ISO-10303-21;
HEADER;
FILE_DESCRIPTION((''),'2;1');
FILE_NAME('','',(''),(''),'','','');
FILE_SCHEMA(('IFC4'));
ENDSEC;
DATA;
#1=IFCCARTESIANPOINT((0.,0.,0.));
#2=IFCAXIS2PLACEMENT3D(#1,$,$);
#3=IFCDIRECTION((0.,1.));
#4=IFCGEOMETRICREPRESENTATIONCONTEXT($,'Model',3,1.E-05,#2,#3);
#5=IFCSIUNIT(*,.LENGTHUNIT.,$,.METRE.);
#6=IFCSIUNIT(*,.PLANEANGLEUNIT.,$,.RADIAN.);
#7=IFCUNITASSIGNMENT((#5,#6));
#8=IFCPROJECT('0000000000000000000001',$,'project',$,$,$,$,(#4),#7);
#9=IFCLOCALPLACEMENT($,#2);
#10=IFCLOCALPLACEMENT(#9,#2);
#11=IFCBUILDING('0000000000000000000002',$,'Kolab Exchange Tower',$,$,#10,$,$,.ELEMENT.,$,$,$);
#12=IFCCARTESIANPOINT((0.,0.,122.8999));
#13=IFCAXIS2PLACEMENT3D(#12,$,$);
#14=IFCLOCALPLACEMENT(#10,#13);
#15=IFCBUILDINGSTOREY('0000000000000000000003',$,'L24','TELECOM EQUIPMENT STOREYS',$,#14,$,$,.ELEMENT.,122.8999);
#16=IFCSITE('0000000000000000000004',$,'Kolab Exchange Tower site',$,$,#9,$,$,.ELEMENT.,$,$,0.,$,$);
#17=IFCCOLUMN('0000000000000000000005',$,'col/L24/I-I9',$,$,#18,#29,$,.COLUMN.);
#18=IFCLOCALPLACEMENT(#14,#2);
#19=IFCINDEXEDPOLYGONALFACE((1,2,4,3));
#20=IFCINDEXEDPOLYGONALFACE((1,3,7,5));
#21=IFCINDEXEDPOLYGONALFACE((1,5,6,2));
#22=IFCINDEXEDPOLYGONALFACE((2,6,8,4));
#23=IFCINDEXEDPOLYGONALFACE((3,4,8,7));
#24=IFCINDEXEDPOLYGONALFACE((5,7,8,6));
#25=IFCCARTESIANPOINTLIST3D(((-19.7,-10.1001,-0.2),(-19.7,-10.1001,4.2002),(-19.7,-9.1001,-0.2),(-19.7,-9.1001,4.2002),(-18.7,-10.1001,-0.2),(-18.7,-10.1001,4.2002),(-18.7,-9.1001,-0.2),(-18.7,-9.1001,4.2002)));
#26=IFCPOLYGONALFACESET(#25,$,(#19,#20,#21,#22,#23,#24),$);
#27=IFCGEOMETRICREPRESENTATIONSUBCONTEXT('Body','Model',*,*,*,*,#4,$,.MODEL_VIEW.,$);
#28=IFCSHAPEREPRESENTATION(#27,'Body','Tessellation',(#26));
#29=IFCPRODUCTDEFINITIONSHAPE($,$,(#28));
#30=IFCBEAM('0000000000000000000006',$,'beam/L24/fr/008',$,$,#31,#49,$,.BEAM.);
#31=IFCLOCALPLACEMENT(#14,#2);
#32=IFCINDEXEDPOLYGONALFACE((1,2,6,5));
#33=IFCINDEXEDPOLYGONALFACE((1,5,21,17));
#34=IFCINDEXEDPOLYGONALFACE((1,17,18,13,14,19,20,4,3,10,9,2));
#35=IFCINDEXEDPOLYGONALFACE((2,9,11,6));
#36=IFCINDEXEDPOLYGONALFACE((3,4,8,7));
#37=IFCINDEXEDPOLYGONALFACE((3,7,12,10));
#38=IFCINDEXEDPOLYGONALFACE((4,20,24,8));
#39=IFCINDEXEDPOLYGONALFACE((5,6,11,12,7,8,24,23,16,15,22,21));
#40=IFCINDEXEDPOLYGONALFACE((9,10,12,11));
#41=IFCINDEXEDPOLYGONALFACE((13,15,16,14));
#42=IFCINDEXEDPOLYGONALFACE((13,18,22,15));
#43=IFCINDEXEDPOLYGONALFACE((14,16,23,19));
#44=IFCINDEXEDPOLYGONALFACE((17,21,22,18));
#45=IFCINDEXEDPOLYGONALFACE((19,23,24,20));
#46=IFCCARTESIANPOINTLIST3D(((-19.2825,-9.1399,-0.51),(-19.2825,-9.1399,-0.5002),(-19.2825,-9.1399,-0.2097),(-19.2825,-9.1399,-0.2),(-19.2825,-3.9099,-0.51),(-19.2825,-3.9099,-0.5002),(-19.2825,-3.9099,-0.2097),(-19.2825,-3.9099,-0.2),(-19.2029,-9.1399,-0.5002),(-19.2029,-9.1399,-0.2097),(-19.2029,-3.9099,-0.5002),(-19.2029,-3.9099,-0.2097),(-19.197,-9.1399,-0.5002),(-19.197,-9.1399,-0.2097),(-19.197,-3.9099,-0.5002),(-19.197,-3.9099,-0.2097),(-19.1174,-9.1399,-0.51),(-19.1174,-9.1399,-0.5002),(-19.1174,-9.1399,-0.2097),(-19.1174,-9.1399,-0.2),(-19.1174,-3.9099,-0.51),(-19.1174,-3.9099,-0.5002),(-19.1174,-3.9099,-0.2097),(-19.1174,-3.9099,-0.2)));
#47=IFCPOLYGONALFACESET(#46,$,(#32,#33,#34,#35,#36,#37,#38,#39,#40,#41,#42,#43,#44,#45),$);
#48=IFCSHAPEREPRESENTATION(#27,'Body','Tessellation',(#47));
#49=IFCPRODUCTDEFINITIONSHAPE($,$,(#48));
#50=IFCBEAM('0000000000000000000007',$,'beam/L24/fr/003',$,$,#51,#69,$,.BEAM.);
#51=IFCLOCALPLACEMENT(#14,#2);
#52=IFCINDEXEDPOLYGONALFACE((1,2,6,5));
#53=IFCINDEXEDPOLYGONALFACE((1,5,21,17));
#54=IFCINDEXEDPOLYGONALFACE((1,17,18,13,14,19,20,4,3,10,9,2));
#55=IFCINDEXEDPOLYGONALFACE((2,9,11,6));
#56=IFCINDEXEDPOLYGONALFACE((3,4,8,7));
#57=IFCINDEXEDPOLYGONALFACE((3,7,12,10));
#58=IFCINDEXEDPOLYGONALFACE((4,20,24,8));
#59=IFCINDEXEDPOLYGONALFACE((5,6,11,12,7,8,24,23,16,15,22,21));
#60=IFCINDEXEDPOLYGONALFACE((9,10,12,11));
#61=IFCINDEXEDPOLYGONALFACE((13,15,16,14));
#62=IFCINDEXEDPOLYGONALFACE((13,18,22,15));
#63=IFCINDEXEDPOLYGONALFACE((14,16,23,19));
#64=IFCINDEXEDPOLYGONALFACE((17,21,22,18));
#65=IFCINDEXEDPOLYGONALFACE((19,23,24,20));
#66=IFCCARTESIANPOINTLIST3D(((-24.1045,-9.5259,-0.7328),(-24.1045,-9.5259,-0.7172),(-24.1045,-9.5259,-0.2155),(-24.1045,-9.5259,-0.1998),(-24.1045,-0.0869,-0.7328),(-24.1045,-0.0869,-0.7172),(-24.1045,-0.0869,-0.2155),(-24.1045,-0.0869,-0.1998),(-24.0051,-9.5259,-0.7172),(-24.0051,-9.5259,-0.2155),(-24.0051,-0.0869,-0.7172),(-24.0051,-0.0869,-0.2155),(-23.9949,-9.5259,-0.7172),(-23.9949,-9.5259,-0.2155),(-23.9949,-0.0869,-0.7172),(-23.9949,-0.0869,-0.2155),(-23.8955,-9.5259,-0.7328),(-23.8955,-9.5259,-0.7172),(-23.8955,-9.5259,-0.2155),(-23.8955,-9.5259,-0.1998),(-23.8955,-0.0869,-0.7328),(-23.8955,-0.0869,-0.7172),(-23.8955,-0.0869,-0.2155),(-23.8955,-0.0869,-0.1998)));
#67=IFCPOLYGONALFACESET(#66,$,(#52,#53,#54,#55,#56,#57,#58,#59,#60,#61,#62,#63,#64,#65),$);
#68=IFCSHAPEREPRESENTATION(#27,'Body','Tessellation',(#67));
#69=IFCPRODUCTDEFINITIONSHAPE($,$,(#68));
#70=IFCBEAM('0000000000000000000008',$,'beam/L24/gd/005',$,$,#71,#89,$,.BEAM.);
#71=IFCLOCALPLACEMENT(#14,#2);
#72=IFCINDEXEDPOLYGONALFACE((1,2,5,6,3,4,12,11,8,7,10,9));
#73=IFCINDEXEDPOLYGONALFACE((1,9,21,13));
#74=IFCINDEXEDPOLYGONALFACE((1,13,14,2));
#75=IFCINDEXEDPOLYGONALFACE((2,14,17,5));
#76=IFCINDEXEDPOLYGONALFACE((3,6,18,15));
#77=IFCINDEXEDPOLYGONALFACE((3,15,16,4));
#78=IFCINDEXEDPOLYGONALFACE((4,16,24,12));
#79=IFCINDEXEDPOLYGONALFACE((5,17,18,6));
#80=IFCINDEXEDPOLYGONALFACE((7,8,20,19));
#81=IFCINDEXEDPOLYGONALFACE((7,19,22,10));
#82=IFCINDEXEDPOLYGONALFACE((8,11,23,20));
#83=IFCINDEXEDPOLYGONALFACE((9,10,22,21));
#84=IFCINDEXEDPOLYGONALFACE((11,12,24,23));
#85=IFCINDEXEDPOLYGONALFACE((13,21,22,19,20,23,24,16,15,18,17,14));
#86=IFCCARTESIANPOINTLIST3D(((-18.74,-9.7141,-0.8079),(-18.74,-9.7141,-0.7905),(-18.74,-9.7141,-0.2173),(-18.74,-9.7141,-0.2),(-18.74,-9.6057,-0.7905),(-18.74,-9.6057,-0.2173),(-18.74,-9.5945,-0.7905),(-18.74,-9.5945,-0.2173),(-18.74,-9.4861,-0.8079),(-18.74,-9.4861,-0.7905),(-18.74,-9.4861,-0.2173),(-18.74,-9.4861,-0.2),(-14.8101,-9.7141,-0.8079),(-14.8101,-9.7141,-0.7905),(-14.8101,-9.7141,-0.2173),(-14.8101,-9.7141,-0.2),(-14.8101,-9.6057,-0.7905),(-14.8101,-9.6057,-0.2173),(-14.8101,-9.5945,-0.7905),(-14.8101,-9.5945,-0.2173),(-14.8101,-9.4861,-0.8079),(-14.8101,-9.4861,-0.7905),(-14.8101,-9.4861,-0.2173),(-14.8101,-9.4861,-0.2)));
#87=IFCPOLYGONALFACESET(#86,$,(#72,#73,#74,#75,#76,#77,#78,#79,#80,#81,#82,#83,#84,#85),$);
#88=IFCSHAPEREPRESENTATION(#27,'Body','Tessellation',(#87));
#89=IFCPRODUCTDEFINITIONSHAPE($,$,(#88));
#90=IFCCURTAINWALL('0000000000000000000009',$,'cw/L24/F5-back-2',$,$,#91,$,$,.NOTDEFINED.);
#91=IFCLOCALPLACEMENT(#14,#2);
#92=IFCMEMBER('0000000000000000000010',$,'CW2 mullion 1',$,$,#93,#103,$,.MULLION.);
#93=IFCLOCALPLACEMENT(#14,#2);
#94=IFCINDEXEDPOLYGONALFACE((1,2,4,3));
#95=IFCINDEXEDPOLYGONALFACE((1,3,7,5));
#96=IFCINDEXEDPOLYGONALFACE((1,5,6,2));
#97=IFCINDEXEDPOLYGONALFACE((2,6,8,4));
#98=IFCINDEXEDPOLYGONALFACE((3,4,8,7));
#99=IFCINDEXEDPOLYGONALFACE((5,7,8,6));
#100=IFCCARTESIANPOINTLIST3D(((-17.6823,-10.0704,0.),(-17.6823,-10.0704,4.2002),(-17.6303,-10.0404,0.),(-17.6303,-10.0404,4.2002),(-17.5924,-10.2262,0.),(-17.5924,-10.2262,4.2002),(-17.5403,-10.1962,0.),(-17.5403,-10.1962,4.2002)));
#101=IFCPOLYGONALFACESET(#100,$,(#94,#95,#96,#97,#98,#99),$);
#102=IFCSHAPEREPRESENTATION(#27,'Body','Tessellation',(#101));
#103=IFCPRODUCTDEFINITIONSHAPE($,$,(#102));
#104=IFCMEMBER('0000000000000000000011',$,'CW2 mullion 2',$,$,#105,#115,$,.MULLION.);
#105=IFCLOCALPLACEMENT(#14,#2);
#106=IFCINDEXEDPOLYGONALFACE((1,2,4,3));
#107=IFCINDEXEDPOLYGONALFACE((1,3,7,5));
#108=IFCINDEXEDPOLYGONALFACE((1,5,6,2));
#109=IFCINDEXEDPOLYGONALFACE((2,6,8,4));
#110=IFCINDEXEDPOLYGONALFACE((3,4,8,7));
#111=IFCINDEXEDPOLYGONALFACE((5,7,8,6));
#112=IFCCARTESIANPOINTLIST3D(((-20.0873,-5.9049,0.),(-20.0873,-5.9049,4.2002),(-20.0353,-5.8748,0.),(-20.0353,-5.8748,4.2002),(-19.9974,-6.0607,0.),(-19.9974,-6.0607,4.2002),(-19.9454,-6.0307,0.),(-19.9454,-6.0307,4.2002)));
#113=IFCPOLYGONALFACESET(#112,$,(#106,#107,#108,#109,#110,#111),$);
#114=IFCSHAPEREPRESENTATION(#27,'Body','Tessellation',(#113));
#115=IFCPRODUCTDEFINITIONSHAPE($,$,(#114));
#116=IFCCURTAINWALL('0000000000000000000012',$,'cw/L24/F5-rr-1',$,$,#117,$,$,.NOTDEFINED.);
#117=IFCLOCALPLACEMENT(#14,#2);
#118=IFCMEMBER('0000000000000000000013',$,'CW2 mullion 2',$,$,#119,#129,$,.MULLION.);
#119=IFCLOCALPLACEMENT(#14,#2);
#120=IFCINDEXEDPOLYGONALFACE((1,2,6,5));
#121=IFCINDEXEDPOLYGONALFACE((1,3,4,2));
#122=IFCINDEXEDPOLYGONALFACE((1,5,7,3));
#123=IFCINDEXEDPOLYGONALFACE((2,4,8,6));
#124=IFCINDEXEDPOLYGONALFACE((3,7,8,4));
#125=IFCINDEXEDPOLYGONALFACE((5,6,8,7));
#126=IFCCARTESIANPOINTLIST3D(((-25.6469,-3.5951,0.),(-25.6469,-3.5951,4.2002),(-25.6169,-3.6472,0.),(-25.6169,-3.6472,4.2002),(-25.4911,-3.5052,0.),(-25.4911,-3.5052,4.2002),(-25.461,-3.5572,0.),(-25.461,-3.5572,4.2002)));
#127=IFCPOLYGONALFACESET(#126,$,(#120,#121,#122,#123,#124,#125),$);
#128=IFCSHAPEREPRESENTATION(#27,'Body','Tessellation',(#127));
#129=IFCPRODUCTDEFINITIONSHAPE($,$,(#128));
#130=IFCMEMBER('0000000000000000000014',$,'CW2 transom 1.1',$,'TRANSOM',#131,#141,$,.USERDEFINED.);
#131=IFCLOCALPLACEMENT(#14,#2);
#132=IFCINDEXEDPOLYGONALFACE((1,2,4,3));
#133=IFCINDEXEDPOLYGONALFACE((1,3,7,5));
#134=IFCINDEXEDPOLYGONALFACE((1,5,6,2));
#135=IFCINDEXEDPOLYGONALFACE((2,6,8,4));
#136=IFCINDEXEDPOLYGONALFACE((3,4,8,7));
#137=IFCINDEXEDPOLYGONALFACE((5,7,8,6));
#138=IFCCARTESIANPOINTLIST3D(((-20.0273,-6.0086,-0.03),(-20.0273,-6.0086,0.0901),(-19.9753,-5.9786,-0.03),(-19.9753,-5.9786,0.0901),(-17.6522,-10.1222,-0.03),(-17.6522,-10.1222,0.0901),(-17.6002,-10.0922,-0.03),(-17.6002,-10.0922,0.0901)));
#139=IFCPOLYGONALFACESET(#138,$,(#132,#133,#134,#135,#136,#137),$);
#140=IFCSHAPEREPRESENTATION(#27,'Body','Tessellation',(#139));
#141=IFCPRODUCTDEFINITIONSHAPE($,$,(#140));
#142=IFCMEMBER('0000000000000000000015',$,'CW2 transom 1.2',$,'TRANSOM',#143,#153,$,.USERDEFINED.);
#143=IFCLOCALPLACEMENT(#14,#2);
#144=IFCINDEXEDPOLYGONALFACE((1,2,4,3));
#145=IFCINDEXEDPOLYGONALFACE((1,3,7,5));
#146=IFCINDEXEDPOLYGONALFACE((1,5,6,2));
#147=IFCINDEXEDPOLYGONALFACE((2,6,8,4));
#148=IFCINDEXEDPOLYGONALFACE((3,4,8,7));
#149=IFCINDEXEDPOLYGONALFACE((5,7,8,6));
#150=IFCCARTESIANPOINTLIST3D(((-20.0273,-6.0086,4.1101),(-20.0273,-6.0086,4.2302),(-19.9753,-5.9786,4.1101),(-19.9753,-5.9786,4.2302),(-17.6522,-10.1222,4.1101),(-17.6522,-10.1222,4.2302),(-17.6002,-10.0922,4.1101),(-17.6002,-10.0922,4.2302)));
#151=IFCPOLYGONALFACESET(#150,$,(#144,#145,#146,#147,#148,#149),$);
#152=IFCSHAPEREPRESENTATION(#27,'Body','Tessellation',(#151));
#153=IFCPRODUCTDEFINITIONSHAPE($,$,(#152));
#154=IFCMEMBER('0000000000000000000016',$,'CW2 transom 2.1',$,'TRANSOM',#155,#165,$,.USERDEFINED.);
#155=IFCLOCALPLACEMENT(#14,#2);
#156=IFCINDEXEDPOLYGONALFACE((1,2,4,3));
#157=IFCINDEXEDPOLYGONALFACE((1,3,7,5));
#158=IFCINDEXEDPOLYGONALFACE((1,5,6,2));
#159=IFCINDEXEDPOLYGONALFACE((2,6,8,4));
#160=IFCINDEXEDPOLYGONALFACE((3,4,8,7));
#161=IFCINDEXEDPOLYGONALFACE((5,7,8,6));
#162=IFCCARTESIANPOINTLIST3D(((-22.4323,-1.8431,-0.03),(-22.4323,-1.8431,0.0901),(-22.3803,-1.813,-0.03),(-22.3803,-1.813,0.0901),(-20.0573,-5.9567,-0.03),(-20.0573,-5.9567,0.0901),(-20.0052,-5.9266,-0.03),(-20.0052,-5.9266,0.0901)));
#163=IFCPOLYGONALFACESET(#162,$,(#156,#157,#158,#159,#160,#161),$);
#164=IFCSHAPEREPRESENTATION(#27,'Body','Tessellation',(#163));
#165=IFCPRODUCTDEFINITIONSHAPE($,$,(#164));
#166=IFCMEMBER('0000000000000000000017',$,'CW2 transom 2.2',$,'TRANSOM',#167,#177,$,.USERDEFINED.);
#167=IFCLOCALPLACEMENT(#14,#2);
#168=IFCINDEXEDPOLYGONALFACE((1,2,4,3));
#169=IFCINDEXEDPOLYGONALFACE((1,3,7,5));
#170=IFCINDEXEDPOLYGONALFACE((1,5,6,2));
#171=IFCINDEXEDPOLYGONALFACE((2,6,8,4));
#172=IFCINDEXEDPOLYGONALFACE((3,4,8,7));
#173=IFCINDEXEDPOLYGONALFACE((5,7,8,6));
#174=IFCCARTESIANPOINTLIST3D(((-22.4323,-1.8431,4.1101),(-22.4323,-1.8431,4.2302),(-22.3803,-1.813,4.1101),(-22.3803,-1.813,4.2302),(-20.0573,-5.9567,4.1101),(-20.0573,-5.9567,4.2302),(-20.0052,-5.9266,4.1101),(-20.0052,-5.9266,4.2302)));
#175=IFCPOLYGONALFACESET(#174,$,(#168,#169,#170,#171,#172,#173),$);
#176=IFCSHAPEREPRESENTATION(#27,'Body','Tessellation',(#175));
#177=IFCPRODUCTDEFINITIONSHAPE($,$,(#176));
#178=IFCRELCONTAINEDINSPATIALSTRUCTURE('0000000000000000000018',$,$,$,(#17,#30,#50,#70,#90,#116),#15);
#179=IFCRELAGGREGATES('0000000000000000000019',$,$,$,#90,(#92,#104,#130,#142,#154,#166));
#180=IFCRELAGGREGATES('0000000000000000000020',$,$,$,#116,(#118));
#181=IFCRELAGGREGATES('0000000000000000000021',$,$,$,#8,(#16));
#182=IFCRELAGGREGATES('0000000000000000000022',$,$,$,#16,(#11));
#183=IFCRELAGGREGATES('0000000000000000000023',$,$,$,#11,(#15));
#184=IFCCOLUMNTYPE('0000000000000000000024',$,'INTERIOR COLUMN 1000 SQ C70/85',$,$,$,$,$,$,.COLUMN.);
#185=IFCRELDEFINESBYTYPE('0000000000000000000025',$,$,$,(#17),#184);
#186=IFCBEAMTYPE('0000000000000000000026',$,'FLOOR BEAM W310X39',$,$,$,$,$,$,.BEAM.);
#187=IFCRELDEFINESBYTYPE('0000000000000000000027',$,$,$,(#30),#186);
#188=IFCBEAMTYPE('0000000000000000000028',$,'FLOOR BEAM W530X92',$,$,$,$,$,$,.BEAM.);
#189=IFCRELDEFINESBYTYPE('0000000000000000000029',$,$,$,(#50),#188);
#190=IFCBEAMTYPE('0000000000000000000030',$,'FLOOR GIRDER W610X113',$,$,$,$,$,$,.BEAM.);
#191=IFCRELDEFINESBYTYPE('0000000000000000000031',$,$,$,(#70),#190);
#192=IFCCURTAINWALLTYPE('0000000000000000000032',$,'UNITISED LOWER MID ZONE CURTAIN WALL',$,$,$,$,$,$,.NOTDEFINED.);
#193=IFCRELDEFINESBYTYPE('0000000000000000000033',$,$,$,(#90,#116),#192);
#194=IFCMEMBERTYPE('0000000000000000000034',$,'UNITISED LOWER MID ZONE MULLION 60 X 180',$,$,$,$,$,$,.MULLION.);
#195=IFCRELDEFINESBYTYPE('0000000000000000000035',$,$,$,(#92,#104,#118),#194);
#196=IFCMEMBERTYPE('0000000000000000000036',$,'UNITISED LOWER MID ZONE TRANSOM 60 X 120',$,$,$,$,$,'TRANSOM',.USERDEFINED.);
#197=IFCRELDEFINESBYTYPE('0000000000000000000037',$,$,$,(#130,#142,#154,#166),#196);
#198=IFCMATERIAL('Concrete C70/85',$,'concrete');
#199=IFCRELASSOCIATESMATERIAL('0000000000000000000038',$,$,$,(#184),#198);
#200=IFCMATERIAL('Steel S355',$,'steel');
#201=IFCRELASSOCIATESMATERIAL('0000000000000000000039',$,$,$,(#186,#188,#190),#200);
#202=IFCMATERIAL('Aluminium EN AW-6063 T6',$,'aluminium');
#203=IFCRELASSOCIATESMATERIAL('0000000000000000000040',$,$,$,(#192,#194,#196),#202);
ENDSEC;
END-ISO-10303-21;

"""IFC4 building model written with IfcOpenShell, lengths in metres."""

from ifc_helpers import new_model, si_unit, direction, frame, origin, origin_2d, place, context, subcontext, project, spatial, rectangle, i_section, extrude, material, material_profile, profile_set, type_object, element, aggregate, save


model = new_model("IFC4")

# Units and contexts
model_context = context("Model", 3, precision=1e-05, world=origin(), true_north=direction((0.0, 1.0)))
body_context = subcontext(model_context, "Body", "Model", "MODEL_VIEW")
ifc_project = project(units=[si_unit("LENGTHUNIT", "METRE"), si_unit("PLANEANGLEUNIT", "RADIAN")], contexts=[model_context])

# Site, building, storey
site_placement = place(None, origin())
site = spatial("IfcSite", under=ifc_project, at=site_placement, Name="Kolab Exchange Tower site", CompositionType="ELEMENT", RefElevation=0.0)
building_placement = place(site_placement, origin())
building = spatial("IfcBuilding", under=site, at=building_placement, Name="Kolab Exchange Tower", CompositionType="ELEMENT")
storey_placement = place(building_placement, frame((0.0, 0.0, 122.8999)))
storey = spatial("IfcBuildingStorey", under=building, at=storey_placement, Name="L24", Description="TELECOM EQUIPMENT STOREYS", CompositionType="ELEMENT", Elevation=122.8999)

# Column
ifc_material_1 = material(Name="Concrete C70/85", Category="concrete")
ifc_material_profile_1 = material_profile(ifc_material_1, rectangle(XDim=1.0, YDim=1.0, at=origin_2d()), Name="RC1000")
ifc_profile_set_1 = profile_set([ifc_material_profile_1], Name="Concrete C70/85")
column_type = type_object("IfcColumnType", Name="INTERIOR COLUMN 1000 SQ C70/85", PredefinedType="COLUMN", material=ifc_profile_set_1)
column_placement = place(storey_placement, frame((-19.2, -9.6001, -0.2), z_axis=(0.0, 0.0, 1.0), x_axis=(1.0, 0.0, 0.0)))
element("IfcColumn", 1, at=column_placement, inside=storey, type_object=column_type, Name="col/L24/I-I9", PredefinedType="COLUMN", context=body_context, shape_type="SweptSolid", body=[
    extrude(rectangle(XDim=1.0, YDim=1.0, at=origin_2d()), origin(), (0.0, 0.0, 1.0), 4.4001),
])

# Beams
ifc_material_2 = material(Name="Steel S355", Category="steel")
ifc_material_profile_2 = material_profile(ifc_material_2, i_section(OverallWidth=0.165, OverallDepth=0.3101, WebThickness=0.0059, FlangeThickness=0.0098, at=origin_2d()), Name="W310X39")
ifc_profile_set_2 = profile_set([ifc_material_profile_2], Name="Steel S355")
beam_type_1 = type_object("IfcBeamType", Name="FLOOR BEAM W310X39", PredefinedType="BEAM", material=ifc_profile_set_2)
beam_1_placement = place(storey_placement, frame((-19.2, -9.1399, -0.355), z_axis=(0.0, 1.0, 0.0), x_axis=(-1.0, 0.0, 0.0)))
element("IfcBeam", 2, at=beam_1_placement, inside=storey, type_object=beam_type_1, Name="beam/L24/fr/008", PredefinedType="BEAM", context=body_context, shape_type="SweptSolid", body=[
    extrude(i_section(OverallWidth=0.165, OverallDepth=0.3101, WebThickness=0.0059, FlangeThickness=0.0098, at=origin_2d()), origin(), (0.0, 0.0, 1.0), 5.23),
])
ifc_material_profile_3 = material_profile(ifc_material_2, i_section(OverallWidth=0.209, OverallDepth=0.533, WebThickness=0.0103, FlangeThickness=0.0156, at=origin_2d()), Name="W530X92")
ifc_profile_set_3 = profile_set([ifc_material_profile_3], Name="Steel S355")
beam_type_2 = type_object("IfcBeamType", Name="FLOOR BEAM W530X92", PredefinedType="BEAM", material=ifc_profile_set_3)
beam_2_placement = place(storey_placement, frame((-24.0, -9.5259, -0.4663), z_axis=(0.0, 1.0, 0.0), x_axis=(-1.0, 0.0, 0.0)))
element("IfcBeam", 3, at=beam_2_placement, inside=storey, type_object=beam_type_2, Name="beam/L24/fr/003", PredefinedType="BEAM", context=body_context, shape_type="SweptSolid", body=[
    extrude(i_section(OverallWidth=0.209, OverallDepth=0.533, WebThickness=0.0103, FlangeThickness=0.0156, at=origin_2d()), origin(), (0.0, 0.0, 1.0), 9.439),
])
ifc_material_profile_4 = material_profile(ifc_material_2, i_section(OverallWidth=0.228, OverallDepth=0.6079, WebThickness=0.0112, FlangeThickness=0.0173, at=origin_2d()), Name="W610X113")
ifc_profile_set_4 = profile_set([ifc_material_profile_4], Name="Steel S355")
beam_type_3 = type_object("IfcBeamType", Name="FLOOR GIRDER W610X113", PredefinedType="BEAM", material=ifc_profile_set_4)
beam_3_placement = place(storey_placement, frame((-18.74, -9.6001, -0.5039), z_axis=(1.0, 0.0, 0.0), x_axis=(0.0, 1.0, 0.0)))
element("IfcBeam", 4, at=beam_3_placement, inside=storey, type_object=beam_type_3, Name="beam/L24/gd/005", PredefinedType="BEAM", context=body_context, shape_type="SweptSolid", body=[
    extrude(i_section(OverallWidth=0.228, OverallDepth=0.6079, WebThickness=0.0112, FlangeThickness=0.0173, at=origin_2d()), origin(), (0.0, 0.0, 1.0), 3.9299),
])

# Curtain wall, members
ifc_material_3 = material(Name="Aluminium EN AW-6063 T6", Category="aluminium")
curtain_wall_type = type_object("IfcCurtainWallType", Name="UNITISED LOWER MID ZONE CURTAIN WALL", PredefinedType="NOTDEFINED", material=ifc_material_3)
curtain_wall_1_placement = place(storey_placement, origin())
curtain_wall_1 = element("IfcCurtainWall", 5, at=curtain_wall_1_placement, inside=storey, type_object=curtain_wall_type, Name="cw/L24/F5-back-2", PredefinedType="NOTDEFINED")
ifc_material_profile_5 = material_profile(ifc_material_3, rectangle(XDim=0.0601, YDim=0.1799, at=origin_2d()), Name="RECT 60X180")
ifc_profile_set_5 = profile_set([ifc_material_profile_5], Name="Aluminium EN AW-6063 T6")
member_type_1 = type_object("IfcMemberType", Name="UNITISED LOWER MID ZONE MULLION 60 X 180", PredefinedType="MULLION", material=ifc_profile_set_5)
member_1_placement = place(storey_placement, frame((-17.6113, -10.1333, 0.0), z_axis=(0.0, 0.0, 1.0), x_axis=(-0.866025, -0.5, 0.0)))
member_1 = element("IfcMember", 6, at=member_1_placement, type_object=member_type_1, Name="CW2 mullion 1", PredefinedType="MULLION", context=body_context, shape_type="SweptSolid", body=[
    extrude(rectangle(XDim=0.0601, YDim=0.1799, at=origin_2d()), origin(), (0.0, 0.0, 1.0), 4.2002),
])
member_2_placement = place(storey_placement, frame((-20.0164, -5.9678, 0.0), z_axis=(0.0, 0.0, 1.0), x_axis=(-0.866025, -0.5, 0.0)))
member_2 = element("IfcMember", 7, at=member_2_placement, type_object=member_type_1, Name="CW2 mullion 2", PredefinedType="MULLION", context=body_context, shape_type="SweptSolid", body=[
    extrude(rectangle(XDim=0.0601, YDim=0.1799, at=origin_2d()), origin(), (0.0, 0.0, 1.0), 4.2002),
])

# Curtain wall, member
curtain_wall_2_placement = place(storey_placement, origin())
curtain_wall_2 = element("IfcCurtainWall", 8, at=curtain_wall_2_placement, inside=storey, type_object=curtain_wall_type, Name="cw/L24/F5-rr-1", PredefinedType="NOTDEFINED")
member_3_placement = place(storey_placement, frame((-25.554, -3.5762, 0.0), z_axis=(0.0, 0.0, 1.0), x_axis=(0.5, -0.866025, 0.0)))
member_3 = element("IfcMember", 9, at=member_3_placement, type_object=member_type_1, Name="CW2 mullion 2", PredefinedType="MULLION", context=body_context, shape_type="SweptSolid", body=[
    extrude(rectangle(XDim=0.0601, YDim=0.1799, at=origin_2d()), origin(), (0.0, 0.0, 1.0), 4.2002),
])

# Members
ifc_material_profile_6 = material_profile(ifc_material_3, rectangle(XDim=0.0601, YDim=0.1201, at=origin_2d()), Name="RECT 60X120")
ifc_profile_set_6 = profile_set([ifc_material_profile_6], Name="Aluminium EN AW-6063 T6")
member_type_2 = type_object("IfcMemberType", Name="UNITISED LOWER MID ZONE TRANSOM 60 X 120", ElementType="TRANSOM", PredefinedType="USERDEFINED", material=ifc_profile_set_6)
member_4_placement = place(storey_placement, frame((-17.6262, -10.1072, 0.03), z_axis=(-0.500009, 0.86602, 0.0), x_axis=(-0.86602, -0.500009, 0.0)))
member_4 = element("IfcMember", 10, at=member_4_placement, type_object=member_type_2, Name="CW2 transom 1.1", ObjectType="TRANSOM", PredefinedType="USERDEFINED", context=body_context, shape_type="SweptSolid", body=[
    extrude(rectangle(XDim=0.0601, YDim=0.1201, at=origin_2d()), origin(), (0.0, 0.0, 1.0), 4.75),
])
member_5_placement = place(storey_placement, frame((-17.6262, -10.1072, 4.1702), z_axis=(-0.500009, 0.86602, 0.0), x_axis=(-0.86602, -0.500009, 0.0)))
member_5 = element("IfcMember", 11, at=member_5_placement, type_object=member_type_2, Name="CW2 transom 1.2", ObjectType="TRANSOM", PredefinedType="USERDEFINED", context=body_context, shape_type="SweptSolid", body=[
    extrude(rectangle(XDim=0.0601, YDim=0.1201, at=origin_2d()), origin(), (0.0, 0.0, 1.0), 4.75),
])
member_6_placement = place(storey_placement, frame((-20.0312, -5.9417, 0.03), z_axis=(-0.500009, 0.86602, 0.0), x_axis=(-0.86602, -0.500009, 0.0)))
member_6 = element("IfcMember", 12, at=member_6_placement, type_object=member_type_2, Name="CW2 transom 2.1", ObjectType="TRANSOM", PredefinedType="USERDEFINED", context=body_context, shape_type="SweptSolid", body=[
    extrude(rectangle(XDim=0.0601, YDim=0.1201, at=origin_2d()), origin(), (0.0, 0.0, 1.0), 4.75),
])
member_7_placement = place(storey_placement, frame((-20.0312, -5.9417, 4.1702), z_axis=(-0.500009, 0.86602, 0.0), x_axis=(-0.86602, -0.500009, 0.0)))
member_7 = element("IfcMember", 13, at=member_7_placement, type_object=member_type_2, Name="CW2 transom 2.2", ObjectType="TRANSOM", PredefinedType="USERDEFINED", context=body_context, shape_type="SweptSolid", body=[
    extrude(rectangle(XDim=0.0601, YDim=0.1201, at=origin_2d()), origin(), (0.0, 0.0, 1.0), 4.75),
])

aggregate(curtain_wall_1, [member_1, member_2, member_4, member_5, member_6, member_7])
aggregate(curtain_wall_2, [member_3])

save(model, "model.ifc")
